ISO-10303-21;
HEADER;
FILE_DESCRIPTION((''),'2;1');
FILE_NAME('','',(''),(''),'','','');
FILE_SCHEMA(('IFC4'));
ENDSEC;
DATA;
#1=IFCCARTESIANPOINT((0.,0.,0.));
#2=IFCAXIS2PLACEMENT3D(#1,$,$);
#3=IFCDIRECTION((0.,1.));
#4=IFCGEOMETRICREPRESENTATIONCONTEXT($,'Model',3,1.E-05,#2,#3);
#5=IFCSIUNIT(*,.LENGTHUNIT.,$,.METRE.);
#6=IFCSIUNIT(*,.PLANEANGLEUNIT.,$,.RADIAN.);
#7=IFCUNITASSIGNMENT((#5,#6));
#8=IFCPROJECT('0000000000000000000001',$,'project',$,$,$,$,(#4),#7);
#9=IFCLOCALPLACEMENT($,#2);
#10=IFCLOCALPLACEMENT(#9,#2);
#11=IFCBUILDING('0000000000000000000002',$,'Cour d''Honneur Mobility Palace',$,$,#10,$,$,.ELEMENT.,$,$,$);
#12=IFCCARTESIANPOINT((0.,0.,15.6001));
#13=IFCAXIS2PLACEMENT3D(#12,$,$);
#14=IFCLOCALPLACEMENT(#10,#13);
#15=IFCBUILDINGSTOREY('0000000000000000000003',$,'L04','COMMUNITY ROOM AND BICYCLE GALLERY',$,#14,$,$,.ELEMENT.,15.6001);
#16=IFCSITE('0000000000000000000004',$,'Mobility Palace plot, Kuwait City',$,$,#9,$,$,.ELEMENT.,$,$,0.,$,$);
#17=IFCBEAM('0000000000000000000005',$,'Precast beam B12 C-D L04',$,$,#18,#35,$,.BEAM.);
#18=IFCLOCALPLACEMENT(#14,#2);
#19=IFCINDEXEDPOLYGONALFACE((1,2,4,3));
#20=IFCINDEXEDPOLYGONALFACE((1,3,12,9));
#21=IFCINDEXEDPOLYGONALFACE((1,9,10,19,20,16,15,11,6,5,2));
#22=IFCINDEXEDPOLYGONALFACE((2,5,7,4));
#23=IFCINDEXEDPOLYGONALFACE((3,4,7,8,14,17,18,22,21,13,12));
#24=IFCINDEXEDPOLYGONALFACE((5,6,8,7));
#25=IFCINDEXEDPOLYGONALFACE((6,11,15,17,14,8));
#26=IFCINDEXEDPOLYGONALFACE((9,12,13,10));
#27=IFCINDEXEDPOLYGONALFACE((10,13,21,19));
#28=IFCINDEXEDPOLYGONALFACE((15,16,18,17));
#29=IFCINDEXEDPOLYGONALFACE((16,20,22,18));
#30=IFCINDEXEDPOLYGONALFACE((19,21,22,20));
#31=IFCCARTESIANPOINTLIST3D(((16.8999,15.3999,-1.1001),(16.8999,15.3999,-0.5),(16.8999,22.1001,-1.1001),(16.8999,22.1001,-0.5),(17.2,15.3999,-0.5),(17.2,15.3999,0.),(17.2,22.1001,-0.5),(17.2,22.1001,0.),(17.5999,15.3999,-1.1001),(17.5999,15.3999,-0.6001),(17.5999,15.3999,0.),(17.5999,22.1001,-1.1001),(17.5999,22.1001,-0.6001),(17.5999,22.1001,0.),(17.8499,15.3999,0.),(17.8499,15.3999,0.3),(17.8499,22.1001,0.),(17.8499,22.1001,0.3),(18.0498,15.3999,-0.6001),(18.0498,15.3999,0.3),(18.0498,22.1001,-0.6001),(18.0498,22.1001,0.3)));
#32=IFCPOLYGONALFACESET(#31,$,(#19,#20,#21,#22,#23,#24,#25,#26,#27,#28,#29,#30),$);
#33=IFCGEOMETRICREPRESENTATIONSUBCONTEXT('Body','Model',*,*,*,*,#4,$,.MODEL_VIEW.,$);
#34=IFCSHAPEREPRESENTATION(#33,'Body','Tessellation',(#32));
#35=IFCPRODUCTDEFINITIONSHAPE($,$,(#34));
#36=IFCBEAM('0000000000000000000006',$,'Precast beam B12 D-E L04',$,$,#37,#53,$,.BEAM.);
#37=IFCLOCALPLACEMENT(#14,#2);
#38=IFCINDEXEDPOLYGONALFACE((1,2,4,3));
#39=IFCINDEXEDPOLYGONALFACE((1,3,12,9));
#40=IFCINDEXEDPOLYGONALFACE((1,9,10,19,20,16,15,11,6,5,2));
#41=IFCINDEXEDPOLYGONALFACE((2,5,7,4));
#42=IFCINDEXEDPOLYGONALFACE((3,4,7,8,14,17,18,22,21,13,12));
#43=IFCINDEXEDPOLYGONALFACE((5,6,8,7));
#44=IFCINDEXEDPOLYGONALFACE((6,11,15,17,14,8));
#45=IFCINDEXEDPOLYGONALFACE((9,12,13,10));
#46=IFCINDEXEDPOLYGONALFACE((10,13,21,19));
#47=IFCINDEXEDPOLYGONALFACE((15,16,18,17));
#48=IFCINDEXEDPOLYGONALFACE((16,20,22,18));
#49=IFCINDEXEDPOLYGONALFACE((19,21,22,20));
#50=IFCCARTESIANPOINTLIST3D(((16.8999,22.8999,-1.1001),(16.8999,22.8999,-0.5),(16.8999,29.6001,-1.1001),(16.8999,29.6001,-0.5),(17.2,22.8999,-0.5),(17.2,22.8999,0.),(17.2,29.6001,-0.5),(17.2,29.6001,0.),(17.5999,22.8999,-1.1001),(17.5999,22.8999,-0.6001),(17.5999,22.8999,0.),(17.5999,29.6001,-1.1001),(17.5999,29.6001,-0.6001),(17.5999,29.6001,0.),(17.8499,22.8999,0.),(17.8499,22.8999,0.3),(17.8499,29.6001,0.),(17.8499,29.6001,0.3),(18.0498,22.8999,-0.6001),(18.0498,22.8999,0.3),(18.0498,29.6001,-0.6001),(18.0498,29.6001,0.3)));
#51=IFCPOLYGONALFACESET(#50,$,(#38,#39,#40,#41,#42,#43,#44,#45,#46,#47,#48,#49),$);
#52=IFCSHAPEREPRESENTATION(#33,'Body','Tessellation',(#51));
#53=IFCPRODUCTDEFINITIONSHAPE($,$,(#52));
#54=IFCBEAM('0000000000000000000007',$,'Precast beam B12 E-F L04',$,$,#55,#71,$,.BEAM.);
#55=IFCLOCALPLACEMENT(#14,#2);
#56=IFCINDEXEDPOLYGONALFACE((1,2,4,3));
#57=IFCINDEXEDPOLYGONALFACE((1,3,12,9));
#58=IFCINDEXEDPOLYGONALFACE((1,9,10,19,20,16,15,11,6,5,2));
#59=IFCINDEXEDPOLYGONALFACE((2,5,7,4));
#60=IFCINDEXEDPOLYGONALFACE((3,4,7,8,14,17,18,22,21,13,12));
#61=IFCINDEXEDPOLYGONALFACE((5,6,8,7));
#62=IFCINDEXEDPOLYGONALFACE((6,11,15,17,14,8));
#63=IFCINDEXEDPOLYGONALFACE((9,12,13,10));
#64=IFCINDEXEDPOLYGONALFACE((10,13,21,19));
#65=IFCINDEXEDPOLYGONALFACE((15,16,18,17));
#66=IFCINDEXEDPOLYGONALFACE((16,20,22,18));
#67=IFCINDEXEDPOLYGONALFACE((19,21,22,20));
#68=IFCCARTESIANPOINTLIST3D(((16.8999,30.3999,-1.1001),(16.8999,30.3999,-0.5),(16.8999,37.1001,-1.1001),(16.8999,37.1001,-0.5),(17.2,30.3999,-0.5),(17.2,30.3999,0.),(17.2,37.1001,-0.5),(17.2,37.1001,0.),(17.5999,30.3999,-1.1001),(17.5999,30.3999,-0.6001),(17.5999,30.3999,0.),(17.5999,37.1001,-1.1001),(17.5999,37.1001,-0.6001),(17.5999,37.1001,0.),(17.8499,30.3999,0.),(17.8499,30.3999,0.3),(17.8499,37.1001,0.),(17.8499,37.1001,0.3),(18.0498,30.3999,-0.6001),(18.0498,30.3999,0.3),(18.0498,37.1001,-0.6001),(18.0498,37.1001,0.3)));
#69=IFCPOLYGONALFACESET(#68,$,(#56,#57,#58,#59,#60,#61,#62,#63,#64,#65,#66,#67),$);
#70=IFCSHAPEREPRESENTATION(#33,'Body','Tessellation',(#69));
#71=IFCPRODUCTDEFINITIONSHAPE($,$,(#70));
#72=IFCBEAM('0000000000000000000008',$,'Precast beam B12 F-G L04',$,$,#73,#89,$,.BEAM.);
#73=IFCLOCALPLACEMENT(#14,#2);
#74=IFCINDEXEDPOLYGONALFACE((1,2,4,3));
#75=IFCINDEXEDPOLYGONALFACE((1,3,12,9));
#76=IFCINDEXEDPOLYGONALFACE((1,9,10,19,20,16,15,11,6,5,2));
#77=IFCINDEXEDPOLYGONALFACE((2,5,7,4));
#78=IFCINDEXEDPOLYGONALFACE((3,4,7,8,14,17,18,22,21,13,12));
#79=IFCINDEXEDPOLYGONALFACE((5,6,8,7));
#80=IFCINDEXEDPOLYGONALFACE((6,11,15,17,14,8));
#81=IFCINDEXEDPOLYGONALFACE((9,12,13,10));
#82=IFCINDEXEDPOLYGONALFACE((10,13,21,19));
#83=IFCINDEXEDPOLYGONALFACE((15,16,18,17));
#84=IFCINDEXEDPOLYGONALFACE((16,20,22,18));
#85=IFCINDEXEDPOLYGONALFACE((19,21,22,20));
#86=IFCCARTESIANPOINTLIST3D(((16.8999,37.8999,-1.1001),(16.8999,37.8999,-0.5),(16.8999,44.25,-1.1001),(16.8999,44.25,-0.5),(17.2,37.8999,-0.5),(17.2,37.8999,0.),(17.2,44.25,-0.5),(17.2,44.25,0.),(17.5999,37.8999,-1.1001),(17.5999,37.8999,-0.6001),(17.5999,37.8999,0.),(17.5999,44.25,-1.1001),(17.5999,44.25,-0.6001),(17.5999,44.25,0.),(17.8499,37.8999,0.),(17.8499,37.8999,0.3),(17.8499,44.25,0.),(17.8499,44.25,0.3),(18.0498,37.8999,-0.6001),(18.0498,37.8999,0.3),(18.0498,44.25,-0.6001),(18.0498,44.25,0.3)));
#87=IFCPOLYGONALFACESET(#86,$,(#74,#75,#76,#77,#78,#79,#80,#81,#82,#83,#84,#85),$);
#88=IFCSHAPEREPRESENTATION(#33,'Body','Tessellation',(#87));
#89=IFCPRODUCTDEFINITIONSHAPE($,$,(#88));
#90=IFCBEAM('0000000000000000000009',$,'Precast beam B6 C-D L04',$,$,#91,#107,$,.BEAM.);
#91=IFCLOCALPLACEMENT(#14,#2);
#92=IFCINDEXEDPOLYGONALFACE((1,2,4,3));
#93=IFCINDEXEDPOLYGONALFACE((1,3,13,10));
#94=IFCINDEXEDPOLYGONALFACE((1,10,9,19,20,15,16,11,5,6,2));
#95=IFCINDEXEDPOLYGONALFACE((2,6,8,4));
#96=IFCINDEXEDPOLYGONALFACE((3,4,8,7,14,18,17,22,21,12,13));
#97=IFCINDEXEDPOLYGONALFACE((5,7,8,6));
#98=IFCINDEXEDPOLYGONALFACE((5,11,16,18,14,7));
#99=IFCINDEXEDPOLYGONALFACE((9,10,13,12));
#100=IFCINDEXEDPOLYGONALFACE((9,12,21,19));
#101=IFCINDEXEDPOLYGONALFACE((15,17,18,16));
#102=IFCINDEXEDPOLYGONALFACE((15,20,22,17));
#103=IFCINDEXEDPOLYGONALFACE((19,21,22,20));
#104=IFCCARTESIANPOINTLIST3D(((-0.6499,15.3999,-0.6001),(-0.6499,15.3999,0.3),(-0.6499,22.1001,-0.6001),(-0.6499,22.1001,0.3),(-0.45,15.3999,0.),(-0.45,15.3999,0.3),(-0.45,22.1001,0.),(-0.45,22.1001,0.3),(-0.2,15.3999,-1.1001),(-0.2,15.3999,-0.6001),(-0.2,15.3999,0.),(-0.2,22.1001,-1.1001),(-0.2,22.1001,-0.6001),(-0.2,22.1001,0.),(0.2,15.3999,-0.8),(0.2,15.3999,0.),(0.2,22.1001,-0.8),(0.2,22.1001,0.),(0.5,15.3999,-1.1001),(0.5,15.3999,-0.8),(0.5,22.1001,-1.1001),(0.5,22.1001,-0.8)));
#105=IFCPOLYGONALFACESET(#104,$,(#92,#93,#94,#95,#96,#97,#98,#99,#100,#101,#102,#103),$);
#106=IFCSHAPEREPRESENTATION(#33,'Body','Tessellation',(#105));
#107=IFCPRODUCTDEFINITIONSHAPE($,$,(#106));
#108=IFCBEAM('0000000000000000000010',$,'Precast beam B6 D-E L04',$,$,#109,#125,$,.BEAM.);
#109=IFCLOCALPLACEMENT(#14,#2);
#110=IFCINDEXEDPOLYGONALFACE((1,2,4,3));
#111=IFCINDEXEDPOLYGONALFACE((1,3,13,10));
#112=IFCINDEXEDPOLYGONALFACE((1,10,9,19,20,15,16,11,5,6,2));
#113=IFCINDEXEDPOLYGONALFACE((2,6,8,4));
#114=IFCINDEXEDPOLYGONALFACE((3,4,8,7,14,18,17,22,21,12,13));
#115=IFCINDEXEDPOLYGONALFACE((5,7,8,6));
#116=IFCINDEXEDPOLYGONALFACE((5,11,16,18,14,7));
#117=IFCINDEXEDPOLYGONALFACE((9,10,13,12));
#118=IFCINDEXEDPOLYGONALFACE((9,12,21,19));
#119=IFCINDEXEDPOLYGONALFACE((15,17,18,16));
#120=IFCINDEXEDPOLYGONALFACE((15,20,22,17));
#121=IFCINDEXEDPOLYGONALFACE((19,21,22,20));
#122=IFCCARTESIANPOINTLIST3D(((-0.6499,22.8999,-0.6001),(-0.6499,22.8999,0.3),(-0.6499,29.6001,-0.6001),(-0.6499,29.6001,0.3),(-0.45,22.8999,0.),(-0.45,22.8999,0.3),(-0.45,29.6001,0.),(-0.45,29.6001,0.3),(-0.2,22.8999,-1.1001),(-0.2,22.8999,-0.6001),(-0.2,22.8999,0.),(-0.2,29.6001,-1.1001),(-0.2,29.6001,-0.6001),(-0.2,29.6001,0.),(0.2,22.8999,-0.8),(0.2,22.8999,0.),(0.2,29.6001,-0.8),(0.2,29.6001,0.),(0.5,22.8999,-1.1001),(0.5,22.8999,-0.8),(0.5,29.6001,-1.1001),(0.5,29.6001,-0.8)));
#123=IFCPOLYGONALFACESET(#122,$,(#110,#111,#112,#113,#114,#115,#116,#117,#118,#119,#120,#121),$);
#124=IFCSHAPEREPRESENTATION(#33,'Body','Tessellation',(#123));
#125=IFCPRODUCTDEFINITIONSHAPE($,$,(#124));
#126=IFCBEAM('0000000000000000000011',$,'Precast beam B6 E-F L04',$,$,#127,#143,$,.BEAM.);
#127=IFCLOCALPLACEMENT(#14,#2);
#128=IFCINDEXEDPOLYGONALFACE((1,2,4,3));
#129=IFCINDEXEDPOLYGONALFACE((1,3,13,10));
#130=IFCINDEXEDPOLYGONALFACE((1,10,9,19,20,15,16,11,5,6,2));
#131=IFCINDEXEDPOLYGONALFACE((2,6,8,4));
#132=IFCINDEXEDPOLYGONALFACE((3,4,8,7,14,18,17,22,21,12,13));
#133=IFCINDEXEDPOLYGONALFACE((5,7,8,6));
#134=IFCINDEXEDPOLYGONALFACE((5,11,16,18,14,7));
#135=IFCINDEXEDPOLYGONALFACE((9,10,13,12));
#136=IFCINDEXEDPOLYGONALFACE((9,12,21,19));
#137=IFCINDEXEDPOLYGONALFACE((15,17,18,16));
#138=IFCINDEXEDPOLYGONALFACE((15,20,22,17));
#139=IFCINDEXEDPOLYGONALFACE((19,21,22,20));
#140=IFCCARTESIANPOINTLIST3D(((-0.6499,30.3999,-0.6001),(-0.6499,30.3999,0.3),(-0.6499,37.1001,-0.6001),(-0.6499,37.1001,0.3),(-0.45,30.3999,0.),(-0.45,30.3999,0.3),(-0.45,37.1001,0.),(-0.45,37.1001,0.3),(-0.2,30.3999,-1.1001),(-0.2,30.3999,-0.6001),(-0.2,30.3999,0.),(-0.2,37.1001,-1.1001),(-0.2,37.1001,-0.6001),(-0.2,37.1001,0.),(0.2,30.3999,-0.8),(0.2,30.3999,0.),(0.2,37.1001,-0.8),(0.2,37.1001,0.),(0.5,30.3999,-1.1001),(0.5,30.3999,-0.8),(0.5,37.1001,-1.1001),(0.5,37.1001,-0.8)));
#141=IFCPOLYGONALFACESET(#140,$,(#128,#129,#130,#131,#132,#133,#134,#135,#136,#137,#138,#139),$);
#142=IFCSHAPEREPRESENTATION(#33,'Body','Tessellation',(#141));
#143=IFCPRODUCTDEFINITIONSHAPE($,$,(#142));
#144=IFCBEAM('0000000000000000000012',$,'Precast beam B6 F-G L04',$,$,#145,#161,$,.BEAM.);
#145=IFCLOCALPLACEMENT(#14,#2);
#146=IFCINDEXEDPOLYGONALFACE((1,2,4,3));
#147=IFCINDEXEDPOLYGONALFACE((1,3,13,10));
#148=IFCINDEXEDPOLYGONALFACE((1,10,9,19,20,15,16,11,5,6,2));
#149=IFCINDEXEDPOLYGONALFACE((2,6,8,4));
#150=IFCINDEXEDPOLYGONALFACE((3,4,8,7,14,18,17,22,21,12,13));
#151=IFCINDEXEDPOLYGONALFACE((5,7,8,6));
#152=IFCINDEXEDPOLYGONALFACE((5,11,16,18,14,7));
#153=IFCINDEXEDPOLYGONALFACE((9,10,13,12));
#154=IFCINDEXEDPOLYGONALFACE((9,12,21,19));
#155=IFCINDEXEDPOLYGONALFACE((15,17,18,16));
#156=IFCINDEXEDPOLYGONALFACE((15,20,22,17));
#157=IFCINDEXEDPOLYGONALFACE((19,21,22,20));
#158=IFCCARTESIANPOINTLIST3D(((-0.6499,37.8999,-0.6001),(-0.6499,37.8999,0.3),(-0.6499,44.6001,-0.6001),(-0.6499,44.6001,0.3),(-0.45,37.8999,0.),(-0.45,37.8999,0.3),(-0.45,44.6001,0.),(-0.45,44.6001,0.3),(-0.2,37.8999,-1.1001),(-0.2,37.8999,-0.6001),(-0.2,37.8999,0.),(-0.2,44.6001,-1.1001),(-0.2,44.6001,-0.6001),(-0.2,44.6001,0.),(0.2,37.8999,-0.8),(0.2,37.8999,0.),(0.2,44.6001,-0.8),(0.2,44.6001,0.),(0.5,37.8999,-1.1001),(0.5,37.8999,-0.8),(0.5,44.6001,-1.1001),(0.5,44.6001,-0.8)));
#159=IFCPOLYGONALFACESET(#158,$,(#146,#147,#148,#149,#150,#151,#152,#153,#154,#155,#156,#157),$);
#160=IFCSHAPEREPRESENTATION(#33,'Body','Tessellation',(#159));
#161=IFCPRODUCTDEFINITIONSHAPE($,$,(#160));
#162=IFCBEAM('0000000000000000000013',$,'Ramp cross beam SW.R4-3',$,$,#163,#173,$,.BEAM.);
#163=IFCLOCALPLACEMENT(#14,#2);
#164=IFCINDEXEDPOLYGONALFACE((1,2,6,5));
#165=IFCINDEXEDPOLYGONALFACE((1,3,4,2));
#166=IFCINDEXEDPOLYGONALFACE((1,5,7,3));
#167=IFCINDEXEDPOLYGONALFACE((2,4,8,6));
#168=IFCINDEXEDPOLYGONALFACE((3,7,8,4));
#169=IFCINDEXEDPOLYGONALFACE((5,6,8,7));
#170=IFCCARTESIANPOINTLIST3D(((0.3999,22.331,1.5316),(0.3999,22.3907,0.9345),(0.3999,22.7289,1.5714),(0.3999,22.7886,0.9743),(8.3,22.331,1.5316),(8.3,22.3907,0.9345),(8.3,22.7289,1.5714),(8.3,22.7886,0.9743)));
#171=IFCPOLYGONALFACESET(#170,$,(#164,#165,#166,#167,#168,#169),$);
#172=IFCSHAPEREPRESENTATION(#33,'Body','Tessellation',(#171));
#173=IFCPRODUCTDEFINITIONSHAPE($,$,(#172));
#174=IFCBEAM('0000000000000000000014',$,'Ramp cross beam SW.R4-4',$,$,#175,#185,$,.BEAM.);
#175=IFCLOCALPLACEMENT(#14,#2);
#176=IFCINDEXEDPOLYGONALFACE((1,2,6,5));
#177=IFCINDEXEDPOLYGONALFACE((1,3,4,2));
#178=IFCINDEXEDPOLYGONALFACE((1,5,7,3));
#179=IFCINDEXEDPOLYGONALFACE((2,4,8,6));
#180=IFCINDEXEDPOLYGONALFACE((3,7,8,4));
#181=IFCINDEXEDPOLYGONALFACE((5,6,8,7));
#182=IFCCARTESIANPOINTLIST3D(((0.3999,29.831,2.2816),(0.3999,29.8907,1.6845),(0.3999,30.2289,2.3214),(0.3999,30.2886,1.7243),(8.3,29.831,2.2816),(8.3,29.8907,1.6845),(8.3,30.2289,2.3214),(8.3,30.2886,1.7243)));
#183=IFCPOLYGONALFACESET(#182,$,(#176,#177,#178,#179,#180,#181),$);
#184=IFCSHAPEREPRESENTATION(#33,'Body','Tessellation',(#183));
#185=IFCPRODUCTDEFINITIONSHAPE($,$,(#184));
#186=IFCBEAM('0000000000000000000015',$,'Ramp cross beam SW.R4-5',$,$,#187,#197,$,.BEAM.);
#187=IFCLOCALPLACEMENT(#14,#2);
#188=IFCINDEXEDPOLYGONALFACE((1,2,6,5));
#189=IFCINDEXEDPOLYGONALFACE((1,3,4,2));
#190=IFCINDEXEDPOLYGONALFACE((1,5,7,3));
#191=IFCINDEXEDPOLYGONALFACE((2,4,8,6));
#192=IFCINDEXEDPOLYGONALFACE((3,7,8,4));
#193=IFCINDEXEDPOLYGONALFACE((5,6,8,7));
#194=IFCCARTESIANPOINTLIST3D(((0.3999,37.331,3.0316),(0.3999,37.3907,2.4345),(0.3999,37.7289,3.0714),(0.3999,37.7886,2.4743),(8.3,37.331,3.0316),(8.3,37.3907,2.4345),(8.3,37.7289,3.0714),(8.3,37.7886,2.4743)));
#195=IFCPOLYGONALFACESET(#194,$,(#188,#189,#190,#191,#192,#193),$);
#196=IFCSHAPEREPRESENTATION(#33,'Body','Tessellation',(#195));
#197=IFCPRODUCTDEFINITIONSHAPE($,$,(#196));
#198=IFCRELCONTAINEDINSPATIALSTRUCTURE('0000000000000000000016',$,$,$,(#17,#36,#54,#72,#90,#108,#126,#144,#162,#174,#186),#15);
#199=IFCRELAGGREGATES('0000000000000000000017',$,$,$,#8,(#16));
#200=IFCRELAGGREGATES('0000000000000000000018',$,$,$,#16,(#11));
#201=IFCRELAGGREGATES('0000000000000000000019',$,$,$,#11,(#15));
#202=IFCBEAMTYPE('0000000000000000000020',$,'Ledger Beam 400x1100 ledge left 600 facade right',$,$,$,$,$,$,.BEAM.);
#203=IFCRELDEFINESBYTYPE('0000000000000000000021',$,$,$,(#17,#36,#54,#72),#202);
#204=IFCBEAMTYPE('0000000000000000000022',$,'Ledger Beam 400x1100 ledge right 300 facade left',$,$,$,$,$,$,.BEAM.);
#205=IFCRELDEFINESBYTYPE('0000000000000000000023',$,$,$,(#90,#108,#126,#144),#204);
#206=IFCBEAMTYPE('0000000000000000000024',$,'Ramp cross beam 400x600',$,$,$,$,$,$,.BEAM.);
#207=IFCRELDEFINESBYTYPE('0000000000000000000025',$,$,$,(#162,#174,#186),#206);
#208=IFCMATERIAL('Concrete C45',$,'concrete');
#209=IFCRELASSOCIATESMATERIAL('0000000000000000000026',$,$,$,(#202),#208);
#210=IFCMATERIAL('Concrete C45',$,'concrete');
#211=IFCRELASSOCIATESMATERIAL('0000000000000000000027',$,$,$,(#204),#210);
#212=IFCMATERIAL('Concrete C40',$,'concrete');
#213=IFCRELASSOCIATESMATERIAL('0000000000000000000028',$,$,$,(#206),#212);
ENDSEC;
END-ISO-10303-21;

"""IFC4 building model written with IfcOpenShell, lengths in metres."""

from ifc_helpers import new_model, si_unit, direction, frame, origin, origin_2d, place, context, subcontext, project, spatial, polyline, rectangle, outline, extrude, material, material_profile, profile_set, type_object, element, save


model = new_model("IFC4")

# Units and contexts
model_context = context("Model", 3, precision=1e-05, world=origin(), true_north=direction((0.0, 1.0)))
body_context = subcontext(model_context, "Body", "Model", "MODEL_VIEW")
ifc_project = project(units=[si_unit("LENGTHUNIT", "METRE"), si_unit("PLANEANGLEUNIT", "RADIAN")], contexts=[model_context])

# Site, building, storey
site_placement = place(None, origin())
site = spatial("IfcSite", under=ifc_project, at=site_placement, Name="Mobility Palace plot, Kuwait City", CompositionType="ELEMENT", RefElevation=0.0)
building_placement = place(site_placement, origin())
building = spatial("IfcBuilding", under=site, at=building_placement, Name="Cour d'Honneur Mobility Palace", CompositionType="ELEMENT")
storey_placement = place(building_placement, frame((0.0, 0.0, 15.6001)))
storey = spatial("IfcBuildingStorey", under=building, at=storey_placement, Name="L04", Description="COMMUNITY ROOM AND BICYCLE GALLERY", CompositionType="ELEMENT", Elevation=15.6001)

# Beams
ifc_material_1 = material(Name="Concrete C45", Category="concrete")
ifc_material_profile_1 = material_profile(ifc_material_1, outline(polyline([(0.5, -1.1001), (0.5, -0.5), (0.2, -0.5), (0.2, 0.0), (-0.2, 0.0), (-0.45, 0.0), (-0.45, 0.3), (-0.6499, 0.3), (-0.6499, -0.6001), (-0.2, -0.6001), (-0.2, -1.1001), (0.5, -1.1001)])), Name="Ledger Beam 400x1100 ledge left 600 facade right")
ifc_profile_set_1 = profile_set([ifc_material_profile_1], Name="Concrete C45")
beam_type_1 = type_object("IfcBeamType", Name="Ledger Beam 400x1100 ledge left 600 facade right", PredefinedType="BEAM", material=ifc_profile_set_1)
for number, where, z_axis, x_axis, name in (
    (1, (17.3999, 15.3999, 0.0), (0.0, 1.0, 0.0), (-1.0, 0.0, 0.0), "Precast beam B12 C-D L04"),
    (2, (17.3999, 22.8999, 0.0), (0.0, 1.0, 0.0), (-1.0, 0.0, 0.0), "Precast beam B12 D-E L04"),
    (3, (17.3999, 30.3999, 0.0), (0.0, 1.0, 0.0), (-1.0, 0.0, 0.0), "Precast beam B12 E-F L04"),
):
    element("IfcBeam", number, at=place(storey_placement, frame(where, z_axis=z_axis, x_axis=x_axis)), inside=storey, type_object=beam_type_1, Name=name, PredefinedType="BEAM", context=body_context, shape_type="SweptSolid", body=[
        extrude(outline(polyline([(0.5, -1.1001), (0.5, -0.5), (0.2, -0.5), (0.2, 0.0), (-0.2, 0.0), (-0.45, 0.0), (-0.45, 0.3), (-0.6499, 0.3), (-0.6499, -0.6001), (-0.2, -0.6001), (-0.2, -1.1001), (0.5, -1.1001)])), origin(), (0.0, 0.0, 1.0), 6.7002),
    ])
beam_placement = place(storey_placement, frame((17.3999, 37.8999, 0.0), z_axis=(0.0, 1.0, 0.0), x_axis=(-1.0, 0.0, 0.0)))
element("IfcBeam", 4, at=beam_placement, inside=storey, type_object=beam_type_1, Name="Precast beam B12 F-G L04", PredefinedType="BEAM", context=body_context, shape_type="SweptSolid", body=[
    extrude(outline(polyline([(0.5, -1.1001), (0.5, -0.5), (0.2, -0.5), (0.2, 0.0), (-0.2, 0.0), (-0.45, 0.0), (-0.45, 0.3), (-0.6499, 0.3), (-0.6499, -0.6001), (-0.2, -0.6001), (-0.2, -1.1001), (0.5, -1.1001)])), origin(), (0.0, 0.0, 1.0), 6.3501),
])
ifc_material_2 = material(Name="Concrete C45", Category="concrete")
ifc_material_profile_2 = material_profile(ifc_material_2, outline(polyline([(0.2, -1.1001), (0.2, -0.6001), (0.6499, -0.6001), (0.6499, 0.3), (0.45, 0.3), (0.45, 0.0), (0.2, 0.0), (-0.2, 0.0), (-0.2, -0.8), (-0.5, -0.8), (-0.5, -1.1001), (0.2, -1.1001)])), Name="Ledger Beam 400x1100 ledge right 300 facade left")
ifc_profile_set_2 = profile_set([ifc_material_profile_2], Name="Concrete C45")
beam_type_2 = type_object("IfcBeamType", Name="Ledger Beam 400x1100 ledge right 300 facade left", PredefinedType="BEAM", material=ifc_profile_set_2)
for number, where, z_axis, x_axis, name in (
    (5, (0.0, 15.3999, 0.0), (0.0, 1.0, 0.0), (-1.0, 0.0, 0.0), "Precast beam B6 C-D L04"),
    (6, (0.0, 22.8999, 0.0), (0.0, 1.0, 0.0), (-1.0, 0.0, 0.0), "Precast beam B6 D-E L04"),
    (7, (0.0, 30.3999, 0.0), (0.0, 1.0, 0.0), (-1.0, 0.0, 0.0), "Precast beam B6 E-F L04"),
    (8, (0.0, 37.8999, 0.0), (0.0, 1.0, 0.0), (-1.0, 0.0, 0.0), "Precast beam B6 F-G L04"),
):
    element("IfcBeam", number, at=place(storey_placement, frame(where, z_axis=z_axis, x_axis=x_axis)), inside=storey, type_object=beam_type_2, Name=name, PredefinedType="BEAM", context=body_context, shape_type="SweptSolid", body=[
        extrude(outline(polyline([(0.2, -1.1001), (0.2, -0.6001), (0.6499, -0.6001), (0.6499, 0.3), (0.45, 0.3), (0.45, 0.0), (0.2, 0.0), (-0.2, 0.0), (-0.2, -0.8), (-0.5, -0.8), (-0.5, -1.1001), (0.2, -1.1001)])), origin(), (0.0, 0.0, 1.0), 6.7002),
    ])
ifc_material_3 = material(Name="Concrete C40", Category="concrete")
ifc_material_profile_3 = material_profile(ifc_material_3, rectangle(XDim=0.3999, YDim=0.6001, at=origin_2d()), Name="Ramp cross beam 400x600")
ifc_profile_set_3 = profile_set([ifc_material_profile_3], Name="Concrete C40")
beam_type_3 = type_object("IfcBeamType", Name="Ramp cross beam 400x600", PredefinedType="BEAM", material=ifc_profile_set_3)
for number, where, z_axis, x_axis, name in (
    (9, (0.3999, 22.5598, 1.2529), (1.0, 0.0, 0.0), (0.0, 0.995037, 0.099504), "Ramp cross beam SW.R4-3"),
    (10, (0.3999, 30.0598, 2.0029), (1.0, 0.0, 0.0), (0.0, 0.995037, 0.099504), "Ramp cross beam SW.R4-4"),
    (11, (0.3999, 37.5598, 2.7529), (1.0, 0.0, 0.0), (0.0, 0.995037, 0.099504), "Ramp cross beam SW.R4-5"),
):
    element("IfcBeam", number, at=place(storey_placement, frame(where, z_axis=z_axis, x_axis=x_axis)), inside=storey, type_object=beam_type_3, Name=name, PredefinedType="BEAM", context=body_context, shape_type="SweptSolid", body=[
        extrude(rectangle(XDim=0.3999, YDim=0.6001, at=origin_2d()), origin(), (0.0, 0.0, 1.0), 7.9001),
    ])

save(model, "model.ifc")
